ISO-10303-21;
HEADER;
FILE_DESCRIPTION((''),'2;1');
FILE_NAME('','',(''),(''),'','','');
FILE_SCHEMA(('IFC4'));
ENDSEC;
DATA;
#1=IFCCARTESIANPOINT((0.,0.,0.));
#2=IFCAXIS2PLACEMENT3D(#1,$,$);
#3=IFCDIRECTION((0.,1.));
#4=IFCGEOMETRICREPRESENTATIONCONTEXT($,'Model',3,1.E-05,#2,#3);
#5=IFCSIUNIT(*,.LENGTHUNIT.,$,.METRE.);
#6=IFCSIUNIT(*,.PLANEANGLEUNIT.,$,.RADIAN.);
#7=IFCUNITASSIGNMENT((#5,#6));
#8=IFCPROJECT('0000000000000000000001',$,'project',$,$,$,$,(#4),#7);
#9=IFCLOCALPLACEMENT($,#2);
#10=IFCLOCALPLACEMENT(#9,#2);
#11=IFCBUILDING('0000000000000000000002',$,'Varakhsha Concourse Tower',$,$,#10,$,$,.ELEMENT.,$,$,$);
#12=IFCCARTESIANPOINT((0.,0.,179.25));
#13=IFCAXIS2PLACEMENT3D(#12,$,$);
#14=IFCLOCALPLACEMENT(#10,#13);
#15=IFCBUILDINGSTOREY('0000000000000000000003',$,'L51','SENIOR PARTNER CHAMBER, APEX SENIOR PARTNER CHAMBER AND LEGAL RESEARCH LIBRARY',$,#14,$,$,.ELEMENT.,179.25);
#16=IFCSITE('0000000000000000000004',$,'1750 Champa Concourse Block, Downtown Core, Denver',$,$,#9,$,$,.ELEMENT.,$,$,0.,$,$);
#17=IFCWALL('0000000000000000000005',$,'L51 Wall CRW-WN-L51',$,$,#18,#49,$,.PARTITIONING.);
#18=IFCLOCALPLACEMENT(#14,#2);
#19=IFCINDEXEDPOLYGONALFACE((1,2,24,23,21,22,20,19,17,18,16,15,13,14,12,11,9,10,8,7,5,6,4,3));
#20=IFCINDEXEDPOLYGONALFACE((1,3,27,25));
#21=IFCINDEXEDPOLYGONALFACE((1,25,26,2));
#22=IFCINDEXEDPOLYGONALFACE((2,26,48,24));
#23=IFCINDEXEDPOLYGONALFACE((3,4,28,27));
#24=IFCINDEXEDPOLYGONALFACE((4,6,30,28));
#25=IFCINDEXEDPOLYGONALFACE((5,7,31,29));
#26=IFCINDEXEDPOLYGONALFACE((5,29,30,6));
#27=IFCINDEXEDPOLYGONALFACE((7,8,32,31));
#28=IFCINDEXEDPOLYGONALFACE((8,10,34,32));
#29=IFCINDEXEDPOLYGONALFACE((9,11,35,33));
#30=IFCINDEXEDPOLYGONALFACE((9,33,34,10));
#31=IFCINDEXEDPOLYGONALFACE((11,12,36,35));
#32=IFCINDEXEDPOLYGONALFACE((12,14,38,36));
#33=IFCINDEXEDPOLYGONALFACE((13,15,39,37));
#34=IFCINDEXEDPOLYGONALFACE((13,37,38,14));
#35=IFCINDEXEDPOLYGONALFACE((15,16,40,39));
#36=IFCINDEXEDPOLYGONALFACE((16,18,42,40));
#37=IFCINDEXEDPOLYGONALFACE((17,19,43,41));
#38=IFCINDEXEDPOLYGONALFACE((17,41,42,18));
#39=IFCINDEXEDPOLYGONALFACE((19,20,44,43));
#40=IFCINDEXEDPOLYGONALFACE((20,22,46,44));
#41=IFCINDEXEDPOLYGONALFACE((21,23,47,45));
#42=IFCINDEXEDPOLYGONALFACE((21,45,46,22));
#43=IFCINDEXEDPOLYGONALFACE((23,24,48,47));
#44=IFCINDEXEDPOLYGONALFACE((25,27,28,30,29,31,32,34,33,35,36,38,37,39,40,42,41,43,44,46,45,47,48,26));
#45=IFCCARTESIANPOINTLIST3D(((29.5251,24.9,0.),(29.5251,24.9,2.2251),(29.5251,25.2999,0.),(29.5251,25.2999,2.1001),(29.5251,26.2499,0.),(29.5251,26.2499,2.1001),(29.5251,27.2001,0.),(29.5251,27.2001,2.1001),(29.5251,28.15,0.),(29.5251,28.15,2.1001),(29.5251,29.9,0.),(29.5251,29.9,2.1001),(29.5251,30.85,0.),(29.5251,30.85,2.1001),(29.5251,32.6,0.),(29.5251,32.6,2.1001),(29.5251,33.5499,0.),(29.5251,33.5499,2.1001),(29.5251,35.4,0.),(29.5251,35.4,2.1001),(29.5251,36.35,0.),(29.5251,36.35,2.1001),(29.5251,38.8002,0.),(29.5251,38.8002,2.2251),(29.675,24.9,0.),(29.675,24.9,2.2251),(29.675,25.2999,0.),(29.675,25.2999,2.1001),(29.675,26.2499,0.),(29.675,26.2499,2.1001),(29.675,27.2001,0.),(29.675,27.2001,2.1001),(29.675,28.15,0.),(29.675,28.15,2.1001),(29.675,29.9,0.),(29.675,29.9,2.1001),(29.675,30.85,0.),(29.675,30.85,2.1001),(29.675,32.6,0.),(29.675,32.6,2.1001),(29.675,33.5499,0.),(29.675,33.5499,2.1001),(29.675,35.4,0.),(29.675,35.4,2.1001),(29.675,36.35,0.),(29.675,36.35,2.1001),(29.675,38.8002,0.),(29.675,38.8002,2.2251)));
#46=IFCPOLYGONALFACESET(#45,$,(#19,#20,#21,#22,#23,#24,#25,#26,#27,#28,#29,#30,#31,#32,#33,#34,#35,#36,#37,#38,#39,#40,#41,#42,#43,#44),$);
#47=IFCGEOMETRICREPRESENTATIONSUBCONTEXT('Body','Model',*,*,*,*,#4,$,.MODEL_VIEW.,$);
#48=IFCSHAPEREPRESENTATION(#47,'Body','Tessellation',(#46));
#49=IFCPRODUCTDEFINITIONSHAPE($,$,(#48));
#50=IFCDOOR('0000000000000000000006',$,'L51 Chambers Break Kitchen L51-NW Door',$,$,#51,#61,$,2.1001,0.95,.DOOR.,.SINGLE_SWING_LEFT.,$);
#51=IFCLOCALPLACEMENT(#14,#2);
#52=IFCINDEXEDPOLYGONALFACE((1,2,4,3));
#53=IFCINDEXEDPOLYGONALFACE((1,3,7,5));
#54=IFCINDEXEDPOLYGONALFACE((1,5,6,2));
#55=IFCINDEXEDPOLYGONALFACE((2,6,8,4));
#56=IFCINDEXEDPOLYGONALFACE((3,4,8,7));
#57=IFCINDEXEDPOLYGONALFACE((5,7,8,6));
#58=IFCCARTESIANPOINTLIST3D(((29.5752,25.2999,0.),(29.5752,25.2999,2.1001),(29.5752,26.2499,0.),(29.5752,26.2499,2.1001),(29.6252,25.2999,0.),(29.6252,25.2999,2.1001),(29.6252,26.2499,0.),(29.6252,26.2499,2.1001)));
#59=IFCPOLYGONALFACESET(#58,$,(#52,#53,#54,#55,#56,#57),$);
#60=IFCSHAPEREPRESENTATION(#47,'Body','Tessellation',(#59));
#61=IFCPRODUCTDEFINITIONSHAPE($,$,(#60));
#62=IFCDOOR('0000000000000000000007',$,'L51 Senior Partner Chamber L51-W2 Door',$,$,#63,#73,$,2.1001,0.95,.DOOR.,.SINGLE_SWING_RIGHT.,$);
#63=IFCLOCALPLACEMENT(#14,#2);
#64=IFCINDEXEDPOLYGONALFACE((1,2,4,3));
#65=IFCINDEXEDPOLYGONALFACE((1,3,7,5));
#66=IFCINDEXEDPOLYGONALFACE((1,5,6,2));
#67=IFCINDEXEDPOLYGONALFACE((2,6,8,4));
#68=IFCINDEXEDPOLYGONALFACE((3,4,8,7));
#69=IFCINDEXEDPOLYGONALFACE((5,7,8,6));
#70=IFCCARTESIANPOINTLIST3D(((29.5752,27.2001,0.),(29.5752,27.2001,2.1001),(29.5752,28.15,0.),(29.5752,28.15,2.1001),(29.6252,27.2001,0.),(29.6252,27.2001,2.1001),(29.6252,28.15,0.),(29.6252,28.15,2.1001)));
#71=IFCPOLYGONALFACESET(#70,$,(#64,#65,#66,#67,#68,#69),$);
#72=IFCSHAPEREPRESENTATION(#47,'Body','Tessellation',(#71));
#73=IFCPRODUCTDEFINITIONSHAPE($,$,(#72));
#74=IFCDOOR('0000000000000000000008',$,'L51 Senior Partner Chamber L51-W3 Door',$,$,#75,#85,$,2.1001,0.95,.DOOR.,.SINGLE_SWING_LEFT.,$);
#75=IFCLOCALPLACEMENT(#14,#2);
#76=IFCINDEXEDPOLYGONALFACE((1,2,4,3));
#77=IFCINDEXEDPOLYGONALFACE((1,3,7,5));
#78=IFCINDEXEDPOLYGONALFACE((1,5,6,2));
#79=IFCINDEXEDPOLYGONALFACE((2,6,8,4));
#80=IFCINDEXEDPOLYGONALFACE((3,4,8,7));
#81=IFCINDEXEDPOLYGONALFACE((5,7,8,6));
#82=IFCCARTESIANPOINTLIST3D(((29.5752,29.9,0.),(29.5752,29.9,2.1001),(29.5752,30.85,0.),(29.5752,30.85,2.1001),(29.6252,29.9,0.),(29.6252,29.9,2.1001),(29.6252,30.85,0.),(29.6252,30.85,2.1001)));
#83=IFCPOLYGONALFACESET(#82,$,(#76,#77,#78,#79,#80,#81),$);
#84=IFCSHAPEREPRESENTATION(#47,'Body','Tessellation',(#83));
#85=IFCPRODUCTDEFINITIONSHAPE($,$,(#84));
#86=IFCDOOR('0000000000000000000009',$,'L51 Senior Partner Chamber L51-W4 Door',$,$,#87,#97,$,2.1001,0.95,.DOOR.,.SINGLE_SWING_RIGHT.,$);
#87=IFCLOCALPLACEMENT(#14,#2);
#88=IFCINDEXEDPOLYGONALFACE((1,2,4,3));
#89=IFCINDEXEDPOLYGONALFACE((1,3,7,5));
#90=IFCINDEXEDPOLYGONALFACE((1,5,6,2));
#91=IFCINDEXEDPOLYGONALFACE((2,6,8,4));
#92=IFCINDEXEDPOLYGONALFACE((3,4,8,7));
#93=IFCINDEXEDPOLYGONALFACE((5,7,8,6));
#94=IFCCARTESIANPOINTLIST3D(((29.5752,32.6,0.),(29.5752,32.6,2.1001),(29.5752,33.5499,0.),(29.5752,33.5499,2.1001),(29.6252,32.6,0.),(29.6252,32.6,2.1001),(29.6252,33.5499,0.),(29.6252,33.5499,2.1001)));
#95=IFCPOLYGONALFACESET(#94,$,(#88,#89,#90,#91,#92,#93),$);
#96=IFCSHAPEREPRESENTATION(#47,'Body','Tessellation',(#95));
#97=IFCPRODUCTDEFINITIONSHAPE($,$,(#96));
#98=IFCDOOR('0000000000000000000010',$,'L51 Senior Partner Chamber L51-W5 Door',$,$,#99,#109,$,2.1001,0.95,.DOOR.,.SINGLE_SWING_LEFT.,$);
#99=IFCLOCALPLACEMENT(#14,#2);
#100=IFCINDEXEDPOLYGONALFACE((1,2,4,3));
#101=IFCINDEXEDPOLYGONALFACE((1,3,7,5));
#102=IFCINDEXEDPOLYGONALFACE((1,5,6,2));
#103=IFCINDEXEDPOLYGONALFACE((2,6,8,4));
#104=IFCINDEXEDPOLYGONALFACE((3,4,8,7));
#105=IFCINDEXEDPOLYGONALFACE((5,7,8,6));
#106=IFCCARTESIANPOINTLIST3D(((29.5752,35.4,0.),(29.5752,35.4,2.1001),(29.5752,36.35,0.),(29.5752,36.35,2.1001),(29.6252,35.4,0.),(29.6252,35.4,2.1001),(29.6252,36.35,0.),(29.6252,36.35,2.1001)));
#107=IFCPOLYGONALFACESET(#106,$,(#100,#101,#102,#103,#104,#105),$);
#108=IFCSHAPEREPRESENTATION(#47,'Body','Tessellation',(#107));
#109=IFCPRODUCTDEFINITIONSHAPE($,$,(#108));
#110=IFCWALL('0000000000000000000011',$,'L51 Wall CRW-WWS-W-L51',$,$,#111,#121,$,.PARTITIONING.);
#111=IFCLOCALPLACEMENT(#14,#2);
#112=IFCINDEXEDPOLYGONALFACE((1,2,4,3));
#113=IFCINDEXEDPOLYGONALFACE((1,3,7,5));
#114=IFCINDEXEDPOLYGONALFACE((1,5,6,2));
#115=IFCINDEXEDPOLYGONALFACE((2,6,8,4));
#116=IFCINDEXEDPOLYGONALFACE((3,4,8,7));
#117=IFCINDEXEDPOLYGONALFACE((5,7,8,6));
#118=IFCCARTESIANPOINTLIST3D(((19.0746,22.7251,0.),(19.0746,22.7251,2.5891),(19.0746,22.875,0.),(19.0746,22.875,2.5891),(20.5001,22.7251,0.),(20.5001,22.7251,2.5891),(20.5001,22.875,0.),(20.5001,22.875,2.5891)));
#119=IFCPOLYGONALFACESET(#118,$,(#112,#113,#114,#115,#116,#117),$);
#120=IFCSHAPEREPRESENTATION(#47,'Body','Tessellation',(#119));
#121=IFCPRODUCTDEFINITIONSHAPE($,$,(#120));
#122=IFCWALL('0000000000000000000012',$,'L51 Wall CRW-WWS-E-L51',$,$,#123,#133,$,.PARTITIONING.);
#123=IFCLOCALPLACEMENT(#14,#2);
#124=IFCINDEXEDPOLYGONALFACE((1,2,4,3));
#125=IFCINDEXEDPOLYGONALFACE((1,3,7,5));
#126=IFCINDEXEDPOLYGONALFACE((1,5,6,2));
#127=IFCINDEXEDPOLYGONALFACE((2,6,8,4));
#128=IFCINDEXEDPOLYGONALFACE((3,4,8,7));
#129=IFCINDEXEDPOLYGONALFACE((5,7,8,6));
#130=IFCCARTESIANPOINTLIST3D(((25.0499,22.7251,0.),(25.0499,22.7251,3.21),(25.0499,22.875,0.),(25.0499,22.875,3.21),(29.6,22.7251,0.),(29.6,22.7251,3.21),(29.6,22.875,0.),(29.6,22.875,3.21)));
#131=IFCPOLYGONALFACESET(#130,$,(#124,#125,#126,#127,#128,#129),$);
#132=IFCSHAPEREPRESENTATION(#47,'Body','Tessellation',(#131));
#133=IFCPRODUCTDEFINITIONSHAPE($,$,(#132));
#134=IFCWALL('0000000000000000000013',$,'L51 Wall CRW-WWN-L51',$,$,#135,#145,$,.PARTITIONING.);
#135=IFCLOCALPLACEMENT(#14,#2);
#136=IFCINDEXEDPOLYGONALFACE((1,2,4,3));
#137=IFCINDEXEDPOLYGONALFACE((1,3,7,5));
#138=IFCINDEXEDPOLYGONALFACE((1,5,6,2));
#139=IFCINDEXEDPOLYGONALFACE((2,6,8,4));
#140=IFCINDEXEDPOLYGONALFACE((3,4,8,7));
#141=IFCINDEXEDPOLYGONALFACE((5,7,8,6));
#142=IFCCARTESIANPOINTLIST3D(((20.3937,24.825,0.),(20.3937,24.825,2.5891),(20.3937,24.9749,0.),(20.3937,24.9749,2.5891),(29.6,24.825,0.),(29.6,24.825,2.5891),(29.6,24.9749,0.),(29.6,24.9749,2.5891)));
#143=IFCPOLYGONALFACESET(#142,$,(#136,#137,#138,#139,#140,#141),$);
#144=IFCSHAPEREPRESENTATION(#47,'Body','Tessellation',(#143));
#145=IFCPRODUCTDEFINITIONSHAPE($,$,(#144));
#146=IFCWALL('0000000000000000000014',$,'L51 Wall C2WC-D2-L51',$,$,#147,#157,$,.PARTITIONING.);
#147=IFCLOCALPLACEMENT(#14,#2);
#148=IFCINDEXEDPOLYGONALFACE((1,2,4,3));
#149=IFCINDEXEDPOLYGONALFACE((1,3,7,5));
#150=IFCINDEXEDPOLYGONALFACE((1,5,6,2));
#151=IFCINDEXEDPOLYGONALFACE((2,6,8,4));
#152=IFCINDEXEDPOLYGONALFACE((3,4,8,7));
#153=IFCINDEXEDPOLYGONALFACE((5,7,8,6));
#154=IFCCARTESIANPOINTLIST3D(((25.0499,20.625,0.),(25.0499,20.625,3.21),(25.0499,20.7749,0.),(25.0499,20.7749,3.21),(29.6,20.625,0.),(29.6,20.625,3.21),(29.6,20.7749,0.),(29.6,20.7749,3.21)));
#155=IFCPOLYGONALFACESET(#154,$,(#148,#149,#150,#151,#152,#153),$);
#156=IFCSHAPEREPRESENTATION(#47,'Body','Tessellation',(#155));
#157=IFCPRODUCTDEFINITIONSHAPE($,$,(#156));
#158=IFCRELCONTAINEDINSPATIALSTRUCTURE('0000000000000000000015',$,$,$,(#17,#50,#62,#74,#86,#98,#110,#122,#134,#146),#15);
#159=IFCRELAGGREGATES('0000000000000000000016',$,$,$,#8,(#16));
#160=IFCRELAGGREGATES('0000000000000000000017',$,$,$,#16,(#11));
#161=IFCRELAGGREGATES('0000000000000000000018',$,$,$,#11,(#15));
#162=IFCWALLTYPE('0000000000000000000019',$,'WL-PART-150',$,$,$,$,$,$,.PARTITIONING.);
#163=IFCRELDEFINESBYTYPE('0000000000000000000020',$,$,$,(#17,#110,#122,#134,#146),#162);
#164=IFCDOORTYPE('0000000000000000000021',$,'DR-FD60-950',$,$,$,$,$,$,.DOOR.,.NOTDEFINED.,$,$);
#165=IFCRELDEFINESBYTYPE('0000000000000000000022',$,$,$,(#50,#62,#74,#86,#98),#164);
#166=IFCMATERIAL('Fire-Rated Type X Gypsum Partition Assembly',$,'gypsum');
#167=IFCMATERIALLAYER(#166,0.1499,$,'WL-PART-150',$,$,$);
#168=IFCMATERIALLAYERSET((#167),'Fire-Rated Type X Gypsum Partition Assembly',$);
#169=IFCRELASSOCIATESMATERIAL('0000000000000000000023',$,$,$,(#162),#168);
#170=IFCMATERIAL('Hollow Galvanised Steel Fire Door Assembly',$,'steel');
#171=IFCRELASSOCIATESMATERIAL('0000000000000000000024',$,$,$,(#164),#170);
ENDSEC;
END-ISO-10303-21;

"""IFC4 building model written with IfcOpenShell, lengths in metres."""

from ifc_helpers import new_model, si_unit, direction, frame, frame_2d, origin, place, context, subcontext, project, spatial, rectangle, extrude, material, layer, layer_set, type_object, element, fill, save


model = new_model("IFC4")

# Units and contexts
model_context = context("Model", 3, precision=1e-05, world=origin(), true_north=direction((0.0, 1.0)))
body_context = subcontext(model_context, "Body", "Model", "MODEL_VIEW")
ifc_project = project(units=[si_unit("LENGTHUNIT", "METRE"), si_unit("PLANEANGLEUNIT", "RADIAN")], contexts=[model_context])

# Site, building, storey
site_placement = place(None, origin())
site = spatial("IfcSite", under=ifc_project, at=site_placement, Name="1750 Champa Concourse Block, Downtown Core, Denver", CompositionType="ELEMENT", RefElevation=0.0)
building_placement = place(site_placement, origin())
building = spatial("IfcBuilding", under=site, at=building_placement, Name="Varakhsha Concourse Tower", CompositionType="ELEMENT")
storey_placement = place(building_placement, frame((0.0, 0.0, 179.25)))
storey = spatial("IfcBuildingStorey", under=building, at=storey_placement, Name="L51", Description="SENIOR PARTNER CHAMBER, APEX SENIOR PARTNER CHAMBER AND LEGAL RESEARCH LIBRARY", CompositionType="ELEMENT", Elevation=179.25)

# Wall, openings, doors
ifc_material_1 = material(Name="Fire-Rated Type X Gypsum Partition Assembly", Category="gypsum")
ifc_layer_1 = layer(ifc_material_1, 0.1499, Name="WL-PART-150")
ifc_layer_set_1 = layer_set([ifc_layer_1], Name="Fire-Rated Type X Gypsum Partition Assembly")
wall_type_1 = type_object("IfcWallType", Name="WL-PART-150", PredefinedType="PARTITIONING", material=ifc_layer_set_1)
wall_1_placement = place(storey_placement, frame((29.6001, 24.8999, 0.0), z_axis=(0.0, 0.0, 1.0), x_axis=(0.0, 1.0, 0.0)))
wall_1 = element("IfcWall", 1, at=wall_1_placement, inside=storey, type_object=wall_type_1, Name="L51 Wall CRW-WN-L51", PredefinedType="PARTITIONING", context=body_context, shape_type="SweptSolid", body=[
    extrude(rectangle(XDim=13.9001, YDim=0.1499, at=frame_2d((6.9502, 0.0))), origin(), (0.0, 0.0, 1.0), 2.2251),
])
opening_1_placement = place(wall_1_placement, frame((0.3999, 0.0, 0.0)))
opening_1 = element("IfcOpeningElement", 2, at=opening_1_placement, cuts=wall_1, PredefinedType="OPENING", context=body_context, shape_type="SweptSolid", body=[
    extrude(rectangle(XDim=0.95, YDim=2.1001, at=frame_2d((0.4751, 1.05))), frame((0.0, 0.085, 0.0), z_axis=(0.0, -1.0, 0.0), x_axis=(1.0, 0.0, 0.0)), (0.0, 0.0, 1.0), 0.1699),
])
opening_2_placement = place(wall_1_placement, frame((2.3, 0.0, 0.0)))
opening_2 = element("IfcOpeningElement", 3, at=opening_2_placement, cuts=wall_1, PredefinedType="OPENING", context=body_context, shape_type="SweptSolid", body=[
    extrude(rectangle(XDim=0.95, YDim=2.1001, at=frame_2d((0.4751, 1.05))), frame((0.0, 0.085, 0.0), z_axis=(0.0, -1.0, 0.0), x_axis=(1.0, 0.0, 0.0)), (0.0, 0.0, 1.0), 0.1699),
])
opening_3_placement = place(wall_1_placement, frame((5.0, 0.0, 0.0)))
opening_3 = element("IfcOpeningElement", 4, at=opening_3_placement, cuts=wall_1, PredefinedType="OPENING", context=body_context, shape_type="SweptSolid", body=[
    extrude(rectangle(XDim=0.95, YDim=2.1001, at=frame_2d((0.4751, 1.05))), frame((0.0, 0.085, 0.0), z_axis=(0.0, -1.0, 0.0), x_axis=(1.0, 0.0, 0.0)), (0.0, 0.0, 1.0), 0.1699),
])
opening_4_placement = place(wall_1_placement, frame((7.7, 0.0, 0.0)))
opening_4 = element("IfcOpeningElement", 5, at=opening_4_placement, cuts=wall_1, PredefinedType="OPENING", context=body_context, shape_type="SweptSolid", body=[
    extrude(rectangle(XDim=0.95, YDim=2.1001, at=frame_2d((0.4751, 1.05))), frame((0.0, 0.085, 0.0), z_axis=(0.0, -1.0, 0.0), x_axis=(1.0, 0.0, 0.0)), (0.0, 0.0, 1.0), 0.1699),
])
opening_5_placement = place(wall_1_placement, frame((10.5, 0.0, 0.0)))
opening_5 = element("IfcOpeningElement", 6, at=opening_5_placement, cuts=wall_1, PredefinedType="OPENING", context=body_context, shape_type="SweptSolid", body=[
    extrude(rectangle(XDim=0.95, YDim=2.1001, at=frame_2d((0.4751, 1.05))), frame((0.0, 0.085, 0.0), z_axis=(0.0, -1.0, 0.0), x_axis=(1.0, 0.0, 0.0)), (0.0, 0.0, 1.0), 0.1699),
])
ifc_material_2 = material(Name="Hollow Galvanised Steel Fire Door Assembly", Category="steel")
door_type_1 = type_object("IfcDoorType", Name="DR-FD60-950", OperationType="NOTDEFINED", PredefinedType="DOOR", material=ifc_material_2)
door_1_placement = place(opening_1_placement, origin())
door_1 = element("IfcDoor", 7, at=door_1_placement, inside=storey, type_object=door_type_1, Name="L51 Chambers Break Kitchen L51-NW Door", OperationType="SINGLE_SWING_LEFT", OverallHeight=2.1001, OverallWidth=0.95, PredefinedType="DOOR", context=body_context, shape_type="SweptSolid", body=[
    extrude(rectangle(XDim=0.95, YDim=2.1001, at=frame_2d((0.4751, 1.05))), frame((0.0, 0.0249, 0.0), z_axis=(0.0, -1.0, 0.0), x_axis=(1.0, 0.0, 0.0)), (0.0, 0.0, 1.0), 0.05),
])
fill(opening_1, door_1)
door_2_placement = place(opening_2_placement, origin())
door_2 = element("IfcDoor", 8, at=door_2_placement, inside=storey, type_object=door_type_1, Name="L51 Senior Partner Chamber L51-W2 Door", OperationType="SINGLE_SWING_RIGHT", OverallHeight=2.1001, OverallWidth=0.95, PredefinedType="DOOR", context=body_context, shape_type="SweptSolid", body=[
    extrude(rectangle(XDim=0.95, YDim=2.1001, at=frame_2d((0.4751, 1.05))), frame((0.0, 0.0249, 0.0), z_axis=(0.0, -1.0, 0.0), x_axis=(1.0, 0.0, 0.0)), (0.0, 0.0, 1.0), 0.05),
])
fill(opening_2, door_2)
door_3_placement = place(opening_3_placement, origin())
door_3 = element("IfcDoor", 9, at=door_3_placement, inside=storey, type_object=door_type_1, Name="L51 Senior Partner Chamber L51-W3 Door", OperationType="SINGLE_SWING_LEFT", OverallHeight=2.1001, OverallWidth=0.95, PredefinedType="DOOR", context=body_context, shape_type="SweptSolid", body=[
    extrude(rectangle(XDim=0.95, YDim=2.1001, at=frame_2d((0.4751, 1.05))), frame((0.0, 0.0249, 0.0), z_axis=(0.0, -1.0, 0.0), x_axis=(1.0, 0.0, 0.0)), (0.0, 0.0, 1.0), 0.05),
])
fill(opening_3, door_3)
door_4_placement = place(opening_4_placement, origin())
door_4 = element("IfcDoor", 10, at=door_4_placement, inside=storey, type_object=door_type_1, Name="L51 Senior Partner Chamber L51-W4 Door", OperationType="SINGLE_SWING_RIGHT", OverallHeight=2.1001, OverallWidth=0.95, PredefinedType="DOOR", context=body_context, shape_type="SweptSolid", body=[
    extrude(rectangle(XDim=0.95, YDim=2.1001, at=frame_2d((0.4751, 1.05))), frame((0.0, 0.0249, 0.0), z_axis=(0.0, -1.0, 0.0), x_axis=(1.0, 0.0, 0.0)), (0.0, 0.0, 1.0), 0.05),
])
fill(opening_4, door_4)
door_5_placement = place(opening_5_placement, origin())
door_5 = element("IfcDoor", 11, at=door_5_placement, inside=storey, type_object=door_type_1, Name="L51 Senior Partner Chamber L51-W5 Door", OperationType="SINGLE_SWING_LEFT", OverallHeight=2.1001, OverallWidth=0.95, PredefinedType="DOOR", context=body_context, shape_type="SweptSolid", body=[
    extrude(rectangle(XDim=0.95, YDim=2.1001, at=frame_2d((0.4751, 1.05))), frame((0.0, 0.0249, 0.0), z_axis=(0.0, -1.0, 0.0), x_axis=(1.0, 0.0, 0.0)), (0.0, 0.0, 1.0), 0.05),
])
fill(opening_5, door_5)

# Walls
wall_2_placement = place(storey_placement, frame((19.0745, 22.8, 0.0), z_axis=(0.0, 0.0, 1.0), x_axis=(1.0, 0.0, 0.0)))
element("IfcWall", 12, at=wall_2_placement, inside=storey, type_object=wall_type_1, Name="L51 Wall CRW-WWS-W-L51", PredefinedType="PARTITIONING", context=body_context, shape_type="SweptSolid", body=[
    extrude(rectangle(XDim=1.4255, YDim=0.1499, at=frame_2d((0.7129, 0.0))), origin(), (0.0, 0.0, 1.0), 2.5891),
])
wall_3_placement = place(storey_placement, frame((25.05, 22.8, 0.0), z_axis=(0.0, 0.0, 1.0), x_axis=(1.0, 0.0, 0.0)))
element("IfcWall", 13, at=wall_3_placement, inside=storey, type_object=wall_type_1, Name="L51 Wall CRW-WWS-E-L51", PredefinedType="PARTITIONING", context=body_context, shape_type="SweptSolid", body=[
    extrude(rectangle(XDim=4.55, YDim=0.1499, at=frame_2d((2.2749, 0.0))), origin(), (0.0, 0.0, 1.0), 3.21),
])
wall_4_placement = place(storey_placement, frame((20.3938, 24.8999, 0.0), z_axis=(0.0, 0.0, 1.0), x_axis=(1.0, 0.0, 0.0)))
element("IfcWall", 14, at=wall_4_placement, inside=storey, type_object=wall_type_1, Name="L51 Wall CRW-WWN-L51", PredefinedType="PARTITIONING", context=body_context, shape_type="SweptSolid", body=[
    extrude(rectangle(XDim=9.2063, YDim=0.1499, at=frame_2d((4.603, 0.0))), origin(), (0.0, 0.0, 1.0), 2.5891),
])
wall_5_placement = place(storey_placement, frame((25.05, 20.7, 0.0), z_axis=(0.0, 0.0, 1.0), x_axis=(1.0, 0.0, 0.0)))
element("IfcWall", 15, at=wall_5_placement, inside=storey, type_object=wall_type_1, Name="L51 Wall C2WC-D2-L51", PredefinedType="PARTITIONING", context=body_context, shape_type="SweptSolid", body=[
    extrude(rectangle(XDim=4.55, YDim=0.1499, at=frame_2d((2.2749, 0.0))), origin(), (0.0, 0.0, 1.0), 3.21),
])

save(model, "model.ifc")
